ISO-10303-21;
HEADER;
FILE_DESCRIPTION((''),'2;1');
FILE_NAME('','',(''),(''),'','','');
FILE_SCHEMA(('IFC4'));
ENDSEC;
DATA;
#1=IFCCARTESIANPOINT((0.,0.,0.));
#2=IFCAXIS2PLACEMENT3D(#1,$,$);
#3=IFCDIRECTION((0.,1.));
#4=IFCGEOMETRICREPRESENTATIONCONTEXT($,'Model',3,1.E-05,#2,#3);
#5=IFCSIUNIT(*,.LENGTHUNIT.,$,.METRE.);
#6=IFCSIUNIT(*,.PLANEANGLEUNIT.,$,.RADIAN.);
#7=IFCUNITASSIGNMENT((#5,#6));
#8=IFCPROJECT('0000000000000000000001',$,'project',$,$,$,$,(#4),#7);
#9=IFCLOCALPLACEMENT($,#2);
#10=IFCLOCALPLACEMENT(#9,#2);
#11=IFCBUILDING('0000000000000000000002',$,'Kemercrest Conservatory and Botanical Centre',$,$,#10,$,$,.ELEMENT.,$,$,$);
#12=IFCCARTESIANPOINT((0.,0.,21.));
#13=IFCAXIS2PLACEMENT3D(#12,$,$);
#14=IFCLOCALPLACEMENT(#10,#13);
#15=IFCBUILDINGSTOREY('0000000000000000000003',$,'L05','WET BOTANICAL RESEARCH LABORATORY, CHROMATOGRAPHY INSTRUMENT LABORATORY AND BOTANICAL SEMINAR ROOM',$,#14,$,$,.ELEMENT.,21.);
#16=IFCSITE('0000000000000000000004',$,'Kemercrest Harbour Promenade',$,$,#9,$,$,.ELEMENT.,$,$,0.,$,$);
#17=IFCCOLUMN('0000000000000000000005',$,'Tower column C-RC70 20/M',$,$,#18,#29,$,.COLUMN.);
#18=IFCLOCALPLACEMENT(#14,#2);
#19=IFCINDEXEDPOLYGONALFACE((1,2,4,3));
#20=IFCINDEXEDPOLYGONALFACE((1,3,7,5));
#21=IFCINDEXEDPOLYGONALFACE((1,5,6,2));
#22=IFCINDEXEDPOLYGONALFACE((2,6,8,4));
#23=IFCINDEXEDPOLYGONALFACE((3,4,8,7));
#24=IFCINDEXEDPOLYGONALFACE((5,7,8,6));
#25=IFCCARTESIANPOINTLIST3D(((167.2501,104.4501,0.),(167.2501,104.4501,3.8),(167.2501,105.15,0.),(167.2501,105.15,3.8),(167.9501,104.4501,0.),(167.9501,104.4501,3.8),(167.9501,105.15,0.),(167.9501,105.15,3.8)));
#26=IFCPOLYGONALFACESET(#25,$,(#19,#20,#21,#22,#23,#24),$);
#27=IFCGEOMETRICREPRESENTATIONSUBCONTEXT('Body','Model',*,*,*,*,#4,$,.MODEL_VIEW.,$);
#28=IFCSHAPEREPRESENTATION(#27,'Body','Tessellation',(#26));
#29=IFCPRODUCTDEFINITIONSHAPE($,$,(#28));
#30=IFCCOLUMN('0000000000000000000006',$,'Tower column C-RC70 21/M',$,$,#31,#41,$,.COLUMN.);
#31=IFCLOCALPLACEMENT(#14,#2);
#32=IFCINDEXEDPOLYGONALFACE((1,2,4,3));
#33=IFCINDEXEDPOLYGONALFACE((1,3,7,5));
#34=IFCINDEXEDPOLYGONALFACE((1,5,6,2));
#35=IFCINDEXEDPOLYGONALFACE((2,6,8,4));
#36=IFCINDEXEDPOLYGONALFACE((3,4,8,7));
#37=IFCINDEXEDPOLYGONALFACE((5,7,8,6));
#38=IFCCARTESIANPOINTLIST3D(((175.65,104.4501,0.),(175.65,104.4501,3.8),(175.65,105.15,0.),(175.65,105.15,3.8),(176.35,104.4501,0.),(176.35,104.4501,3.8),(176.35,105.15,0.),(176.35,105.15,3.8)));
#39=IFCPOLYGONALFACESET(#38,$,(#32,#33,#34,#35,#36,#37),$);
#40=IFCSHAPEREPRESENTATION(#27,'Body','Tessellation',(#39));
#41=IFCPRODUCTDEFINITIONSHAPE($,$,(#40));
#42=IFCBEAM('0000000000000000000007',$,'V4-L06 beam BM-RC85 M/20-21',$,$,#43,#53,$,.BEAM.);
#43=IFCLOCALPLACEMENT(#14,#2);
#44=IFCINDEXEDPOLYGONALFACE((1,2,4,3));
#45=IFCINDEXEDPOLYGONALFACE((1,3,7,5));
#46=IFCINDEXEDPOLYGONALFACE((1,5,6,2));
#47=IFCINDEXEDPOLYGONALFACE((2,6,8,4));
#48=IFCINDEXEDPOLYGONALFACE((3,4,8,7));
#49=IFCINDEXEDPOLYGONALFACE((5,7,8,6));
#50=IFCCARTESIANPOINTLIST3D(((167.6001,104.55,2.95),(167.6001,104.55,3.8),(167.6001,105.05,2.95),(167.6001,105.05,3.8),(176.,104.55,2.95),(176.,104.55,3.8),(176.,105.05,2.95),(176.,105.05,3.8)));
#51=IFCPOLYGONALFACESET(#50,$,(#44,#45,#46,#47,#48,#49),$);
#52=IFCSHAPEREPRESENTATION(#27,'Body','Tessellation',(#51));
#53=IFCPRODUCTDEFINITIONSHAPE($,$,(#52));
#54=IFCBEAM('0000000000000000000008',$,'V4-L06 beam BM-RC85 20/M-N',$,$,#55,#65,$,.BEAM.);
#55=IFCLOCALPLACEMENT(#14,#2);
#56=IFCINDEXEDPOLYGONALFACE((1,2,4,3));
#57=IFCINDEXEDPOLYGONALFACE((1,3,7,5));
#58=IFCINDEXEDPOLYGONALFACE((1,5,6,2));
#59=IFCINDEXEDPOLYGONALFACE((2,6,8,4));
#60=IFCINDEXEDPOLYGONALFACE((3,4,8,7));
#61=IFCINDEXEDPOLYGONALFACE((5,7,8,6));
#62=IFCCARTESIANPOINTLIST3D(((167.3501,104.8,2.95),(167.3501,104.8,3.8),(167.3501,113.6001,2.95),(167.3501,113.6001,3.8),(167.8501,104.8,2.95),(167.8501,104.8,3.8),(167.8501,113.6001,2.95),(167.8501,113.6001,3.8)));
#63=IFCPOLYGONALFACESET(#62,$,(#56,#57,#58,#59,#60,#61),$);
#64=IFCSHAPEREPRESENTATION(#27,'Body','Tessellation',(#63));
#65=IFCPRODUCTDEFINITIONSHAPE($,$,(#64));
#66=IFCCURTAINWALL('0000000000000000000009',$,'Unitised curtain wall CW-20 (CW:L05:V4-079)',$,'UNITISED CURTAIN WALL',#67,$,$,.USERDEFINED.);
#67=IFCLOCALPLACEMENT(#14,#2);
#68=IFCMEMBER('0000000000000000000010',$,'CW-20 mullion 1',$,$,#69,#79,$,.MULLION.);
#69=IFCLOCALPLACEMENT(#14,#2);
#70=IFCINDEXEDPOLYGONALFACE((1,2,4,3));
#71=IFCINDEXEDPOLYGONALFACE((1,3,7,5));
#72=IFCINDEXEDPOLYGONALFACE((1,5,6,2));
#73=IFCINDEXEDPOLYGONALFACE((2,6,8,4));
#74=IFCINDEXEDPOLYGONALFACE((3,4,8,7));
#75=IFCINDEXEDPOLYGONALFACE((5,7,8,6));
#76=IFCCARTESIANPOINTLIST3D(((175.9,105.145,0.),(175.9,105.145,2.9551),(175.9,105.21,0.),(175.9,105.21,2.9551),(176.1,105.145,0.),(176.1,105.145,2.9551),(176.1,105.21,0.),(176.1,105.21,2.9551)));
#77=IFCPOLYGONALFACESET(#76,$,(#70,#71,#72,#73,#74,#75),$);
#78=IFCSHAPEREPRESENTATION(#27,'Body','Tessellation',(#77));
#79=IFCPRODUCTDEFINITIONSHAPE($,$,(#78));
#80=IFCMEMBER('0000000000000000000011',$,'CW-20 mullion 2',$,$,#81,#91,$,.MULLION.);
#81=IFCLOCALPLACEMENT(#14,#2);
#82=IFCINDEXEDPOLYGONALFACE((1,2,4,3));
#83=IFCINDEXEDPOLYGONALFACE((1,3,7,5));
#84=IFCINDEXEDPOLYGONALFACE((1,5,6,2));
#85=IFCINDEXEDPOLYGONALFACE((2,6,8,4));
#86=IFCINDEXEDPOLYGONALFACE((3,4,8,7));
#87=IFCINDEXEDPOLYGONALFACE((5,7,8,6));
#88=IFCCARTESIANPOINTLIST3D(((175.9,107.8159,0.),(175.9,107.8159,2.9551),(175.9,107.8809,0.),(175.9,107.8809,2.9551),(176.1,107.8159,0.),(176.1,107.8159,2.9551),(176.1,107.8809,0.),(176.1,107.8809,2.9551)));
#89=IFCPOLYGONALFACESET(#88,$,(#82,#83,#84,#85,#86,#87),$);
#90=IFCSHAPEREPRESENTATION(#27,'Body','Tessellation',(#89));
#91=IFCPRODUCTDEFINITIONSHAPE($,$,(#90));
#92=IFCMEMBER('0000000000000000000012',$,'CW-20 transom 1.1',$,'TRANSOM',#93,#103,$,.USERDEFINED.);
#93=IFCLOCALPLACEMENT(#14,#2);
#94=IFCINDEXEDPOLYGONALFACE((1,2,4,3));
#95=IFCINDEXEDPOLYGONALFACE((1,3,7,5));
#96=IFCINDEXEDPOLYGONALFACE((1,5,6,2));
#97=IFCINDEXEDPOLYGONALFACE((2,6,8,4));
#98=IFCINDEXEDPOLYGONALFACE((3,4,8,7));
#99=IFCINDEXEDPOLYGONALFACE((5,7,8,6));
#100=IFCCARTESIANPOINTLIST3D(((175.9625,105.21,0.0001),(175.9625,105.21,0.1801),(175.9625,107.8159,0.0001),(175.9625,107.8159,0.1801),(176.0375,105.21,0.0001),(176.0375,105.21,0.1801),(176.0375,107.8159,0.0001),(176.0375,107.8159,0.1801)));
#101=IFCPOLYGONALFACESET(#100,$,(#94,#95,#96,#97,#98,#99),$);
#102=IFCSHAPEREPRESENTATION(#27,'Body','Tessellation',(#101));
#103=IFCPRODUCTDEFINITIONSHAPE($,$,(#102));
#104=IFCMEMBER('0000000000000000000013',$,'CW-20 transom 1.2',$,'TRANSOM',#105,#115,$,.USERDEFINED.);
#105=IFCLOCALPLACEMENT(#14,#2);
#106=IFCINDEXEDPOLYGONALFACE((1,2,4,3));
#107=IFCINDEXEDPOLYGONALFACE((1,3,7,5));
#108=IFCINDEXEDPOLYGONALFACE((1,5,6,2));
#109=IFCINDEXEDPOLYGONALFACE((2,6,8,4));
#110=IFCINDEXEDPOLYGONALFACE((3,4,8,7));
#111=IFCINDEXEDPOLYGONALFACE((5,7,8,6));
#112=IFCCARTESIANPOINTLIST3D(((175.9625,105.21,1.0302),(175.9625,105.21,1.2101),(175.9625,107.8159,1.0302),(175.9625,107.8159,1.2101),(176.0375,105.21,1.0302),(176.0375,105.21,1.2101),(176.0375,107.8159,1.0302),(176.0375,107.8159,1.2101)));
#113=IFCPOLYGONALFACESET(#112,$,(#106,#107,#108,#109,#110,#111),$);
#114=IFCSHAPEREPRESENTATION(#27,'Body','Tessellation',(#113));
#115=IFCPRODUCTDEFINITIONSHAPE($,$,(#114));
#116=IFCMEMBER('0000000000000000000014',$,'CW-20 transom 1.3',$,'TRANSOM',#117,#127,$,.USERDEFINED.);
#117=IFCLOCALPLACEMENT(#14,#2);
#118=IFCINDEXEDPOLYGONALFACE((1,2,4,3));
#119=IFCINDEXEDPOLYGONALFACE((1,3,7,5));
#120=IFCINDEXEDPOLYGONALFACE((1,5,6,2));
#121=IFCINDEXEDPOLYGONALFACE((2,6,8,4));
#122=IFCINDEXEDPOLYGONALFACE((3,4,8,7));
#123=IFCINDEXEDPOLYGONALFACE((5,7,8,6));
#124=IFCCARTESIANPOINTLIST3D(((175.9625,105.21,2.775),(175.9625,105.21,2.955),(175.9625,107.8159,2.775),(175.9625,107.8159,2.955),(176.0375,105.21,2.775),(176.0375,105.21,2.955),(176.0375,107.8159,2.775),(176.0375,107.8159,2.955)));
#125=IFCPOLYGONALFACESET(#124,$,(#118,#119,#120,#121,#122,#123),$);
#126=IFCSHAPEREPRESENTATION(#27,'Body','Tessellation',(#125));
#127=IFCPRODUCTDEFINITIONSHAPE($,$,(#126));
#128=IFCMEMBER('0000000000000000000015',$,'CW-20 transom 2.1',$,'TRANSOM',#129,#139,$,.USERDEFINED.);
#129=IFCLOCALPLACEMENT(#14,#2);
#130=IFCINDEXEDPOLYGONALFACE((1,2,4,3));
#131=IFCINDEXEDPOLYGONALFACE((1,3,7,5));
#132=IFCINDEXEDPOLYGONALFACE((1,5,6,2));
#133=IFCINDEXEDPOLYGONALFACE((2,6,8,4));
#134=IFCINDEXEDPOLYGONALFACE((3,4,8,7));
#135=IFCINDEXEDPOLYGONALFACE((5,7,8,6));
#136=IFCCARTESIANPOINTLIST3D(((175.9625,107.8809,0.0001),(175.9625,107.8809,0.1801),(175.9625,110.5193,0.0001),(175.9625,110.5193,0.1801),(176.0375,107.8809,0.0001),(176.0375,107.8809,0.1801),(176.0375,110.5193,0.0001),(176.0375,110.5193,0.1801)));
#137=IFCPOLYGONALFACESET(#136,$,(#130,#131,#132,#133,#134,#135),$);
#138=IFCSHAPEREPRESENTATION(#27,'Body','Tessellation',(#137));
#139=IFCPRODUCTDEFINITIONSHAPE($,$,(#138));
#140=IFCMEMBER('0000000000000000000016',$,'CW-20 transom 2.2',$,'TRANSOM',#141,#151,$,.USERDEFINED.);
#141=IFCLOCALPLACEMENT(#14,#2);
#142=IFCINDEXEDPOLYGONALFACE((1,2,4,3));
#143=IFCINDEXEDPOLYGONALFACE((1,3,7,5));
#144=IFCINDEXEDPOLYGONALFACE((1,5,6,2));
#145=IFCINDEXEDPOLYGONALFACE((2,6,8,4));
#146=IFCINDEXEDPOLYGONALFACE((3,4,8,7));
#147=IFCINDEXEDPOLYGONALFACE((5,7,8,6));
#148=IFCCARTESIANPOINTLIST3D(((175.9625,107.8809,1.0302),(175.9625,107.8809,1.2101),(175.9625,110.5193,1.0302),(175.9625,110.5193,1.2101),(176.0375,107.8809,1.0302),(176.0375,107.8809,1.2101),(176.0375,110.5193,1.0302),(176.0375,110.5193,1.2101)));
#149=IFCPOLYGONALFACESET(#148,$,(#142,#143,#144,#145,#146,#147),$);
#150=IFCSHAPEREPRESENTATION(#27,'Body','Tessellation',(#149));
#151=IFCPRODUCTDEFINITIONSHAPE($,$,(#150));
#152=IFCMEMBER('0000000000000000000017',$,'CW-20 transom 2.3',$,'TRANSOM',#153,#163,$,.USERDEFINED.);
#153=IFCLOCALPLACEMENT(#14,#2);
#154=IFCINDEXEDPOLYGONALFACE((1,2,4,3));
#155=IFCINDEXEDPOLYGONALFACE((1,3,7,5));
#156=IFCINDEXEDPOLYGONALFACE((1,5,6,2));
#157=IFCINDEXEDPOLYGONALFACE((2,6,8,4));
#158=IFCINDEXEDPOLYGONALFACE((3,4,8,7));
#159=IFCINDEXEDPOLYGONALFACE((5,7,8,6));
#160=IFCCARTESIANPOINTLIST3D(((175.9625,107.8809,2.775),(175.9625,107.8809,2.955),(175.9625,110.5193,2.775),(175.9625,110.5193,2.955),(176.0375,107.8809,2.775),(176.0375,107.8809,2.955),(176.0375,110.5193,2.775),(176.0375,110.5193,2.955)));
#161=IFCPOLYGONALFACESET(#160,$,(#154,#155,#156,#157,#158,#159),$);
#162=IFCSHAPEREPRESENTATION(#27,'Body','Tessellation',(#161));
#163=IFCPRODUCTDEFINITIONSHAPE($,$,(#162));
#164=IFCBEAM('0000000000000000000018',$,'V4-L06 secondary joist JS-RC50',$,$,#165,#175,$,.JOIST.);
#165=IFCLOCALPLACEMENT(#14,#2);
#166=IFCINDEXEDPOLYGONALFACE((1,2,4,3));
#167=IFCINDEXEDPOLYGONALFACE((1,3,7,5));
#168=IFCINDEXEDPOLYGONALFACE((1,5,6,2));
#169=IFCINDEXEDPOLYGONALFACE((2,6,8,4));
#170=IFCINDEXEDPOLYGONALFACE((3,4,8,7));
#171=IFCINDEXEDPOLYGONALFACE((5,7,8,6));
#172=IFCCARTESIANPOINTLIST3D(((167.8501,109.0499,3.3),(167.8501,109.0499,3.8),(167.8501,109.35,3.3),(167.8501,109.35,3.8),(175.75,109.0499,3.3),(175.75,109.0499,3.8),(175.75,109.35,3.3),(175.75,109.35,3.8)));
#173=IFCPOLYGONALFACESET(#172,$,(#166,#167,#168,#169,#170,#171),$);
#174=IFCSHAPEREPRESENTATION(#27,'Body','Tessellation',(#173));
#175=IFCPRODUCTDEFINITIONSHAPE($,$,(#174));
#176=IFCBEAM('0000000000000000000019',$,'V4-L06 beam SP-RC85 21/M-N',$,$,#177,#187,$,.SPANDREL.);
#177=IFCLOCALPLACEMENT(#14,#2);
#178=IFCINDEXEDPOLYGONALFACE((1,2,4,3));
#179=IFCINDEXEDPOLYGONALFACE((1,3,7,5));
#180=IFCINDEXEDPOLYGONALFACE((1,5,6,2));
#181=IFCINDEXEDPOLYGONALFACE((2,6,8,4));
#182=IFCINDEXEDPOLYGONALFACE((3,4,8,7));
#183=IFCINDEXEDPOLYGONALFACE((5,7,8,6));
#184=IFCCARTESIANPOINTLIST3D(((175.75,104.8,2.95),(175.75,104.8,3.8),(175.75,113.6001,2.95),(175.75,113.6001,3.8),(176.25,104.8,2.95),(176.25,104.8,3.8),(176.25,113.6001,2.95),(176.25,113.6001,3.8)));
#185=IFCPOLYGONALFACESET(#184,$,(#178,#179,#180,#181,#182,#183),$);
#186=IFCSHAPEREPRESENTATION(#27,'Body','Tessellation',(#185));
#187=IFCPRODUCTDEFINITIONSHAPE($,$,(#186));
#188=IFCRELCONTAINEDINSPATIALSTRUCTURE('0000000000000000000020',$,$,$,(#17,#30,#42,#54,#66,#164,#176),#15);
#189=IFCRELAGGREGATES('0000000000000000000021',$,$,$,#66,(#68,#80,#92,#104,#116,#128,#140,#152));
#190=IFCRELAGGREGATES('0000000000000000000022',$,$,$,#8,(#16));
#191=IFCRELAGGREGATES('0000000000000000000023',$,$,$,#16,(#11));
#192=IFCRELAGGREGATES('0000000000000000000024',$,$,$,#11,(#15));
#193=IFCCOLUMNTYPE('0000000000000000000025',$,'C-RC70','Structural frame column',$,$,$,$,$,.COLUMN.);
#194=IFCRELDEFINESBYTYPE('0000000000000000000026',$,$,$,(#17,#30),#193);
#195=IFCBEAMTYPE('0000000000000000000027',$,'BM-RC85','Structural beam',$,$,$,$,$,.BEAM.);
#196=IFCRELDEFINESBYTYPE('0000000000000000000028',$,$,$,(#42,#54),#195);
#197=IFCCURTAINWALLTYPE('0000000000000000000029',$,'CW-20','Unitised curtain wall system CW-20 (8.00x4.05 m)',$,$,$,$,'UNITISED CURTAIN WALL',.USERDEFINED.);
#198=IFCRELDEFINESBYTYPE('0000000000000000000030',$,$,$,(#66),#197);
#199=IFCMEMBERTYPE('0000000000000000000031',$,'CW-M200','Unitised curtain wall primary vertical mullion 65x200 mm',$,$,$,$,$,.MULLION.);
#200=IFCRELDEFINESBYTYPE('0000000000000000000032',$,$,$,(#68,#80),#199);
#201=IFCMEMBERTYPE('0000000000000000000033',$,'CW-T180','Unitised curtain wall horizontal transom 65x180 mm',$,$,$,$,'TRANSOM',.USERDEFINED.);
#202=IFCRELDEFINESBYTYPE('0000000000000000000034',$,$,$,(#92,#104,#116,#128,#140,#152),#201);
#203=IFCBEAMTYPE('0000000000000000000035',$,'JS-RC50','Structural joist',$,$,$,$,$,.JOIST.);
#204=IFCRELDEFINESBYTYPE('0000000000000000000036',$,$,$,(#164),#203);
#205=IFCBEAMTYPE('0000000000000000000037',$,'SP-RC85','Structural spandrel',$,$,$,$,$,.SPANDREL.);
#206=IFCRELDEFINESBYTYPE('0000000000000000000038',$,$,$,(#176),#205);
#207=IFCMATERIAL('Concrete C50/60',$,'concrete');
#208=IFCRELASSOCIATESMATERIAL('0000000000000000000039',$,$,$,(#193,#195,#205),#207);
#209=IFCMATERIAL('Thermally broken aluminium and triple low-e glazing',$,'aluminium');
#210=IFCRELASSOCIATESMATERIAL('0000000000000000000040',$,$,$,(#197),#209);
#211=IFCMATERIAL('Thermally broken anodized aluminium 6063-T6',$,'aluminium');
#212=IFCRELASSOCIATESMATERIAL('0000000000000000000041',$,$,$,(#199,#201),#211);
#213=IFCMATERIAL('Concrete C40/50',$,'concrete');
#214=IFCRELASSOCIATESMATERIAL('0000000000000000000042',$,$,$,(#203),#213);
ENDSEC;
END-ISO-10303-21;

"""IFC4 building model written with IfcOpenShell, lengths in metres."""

from ifc_helpers import new_model, si_unit, direction, frame, origin, origin_2d, place, context, subcontext, project, spatial, rectangle, extrude, material, material_profile, profile_set, type_object, element, aggregate, save


model = new_model("IFC4")

# Units and contexts
model_context = context("Model", 3, precision=1e-05, world=origin(), true_north=direction((0.0, 1.0)))
body_context = subcontext(model_context, "Body", "Model", "MODEL_VIEW")
ifc_project = project(units=[si_unit("LENGTHUNIT", "METRE"), si_unit("PLANEANGLEUNIT", "RADIAN")], contexts=[model_context])

# Site, building, storey
site_placement = place(None, origin())
site = spatial("IfcSite", under=ifc_project, at=site_placement, Name="Kemercrest Harbour Promenade", CompositionType="ELEMENT", RefElevation=0.0)
building_placement = place(site_placement, origin())
building = spatial("IfcBuilding", under=site, at=building_placement, Name="Kemercrest Conservatory and Botanical Centre", CompositionType="ELEMENT")
storey_placement = place(building_placement, frame((0.0, 0.0, 21.0)))
storey = spatial("IfcBuildingStorey", under=building, at=storey_placement, Name="L05", Description="WET BOTANICAL RESEARCH LABORATORY, CHROMATOGRAPHY INSTRUMENT LABORATORY AND BOTANICAL SEMINAR ROOM", CompositionType="ELEMENT", Elevation=21.0)

# Columns
ifc_material_1 = material(Name="Concrete C50/60", Category="concrete")
ifc_material_profile_1 = material_profile(ifc_material_1, rectangle(XDim=0.7, YDim=0.7, at=origin_2d()), Name="RC 700x700")
ifc_profile_set_1 = profile_set([ifc_material_profile_1], Name="Concrete C50/60")
column_type = type_object("IfcColumnType", Name="C-RC70", Description="Structural frame column", PredefinedType="COLUMN", material=ifc_profile_set_1)
for number, where, z_axis, x_axis, name in (
    (1, (167.6001, 104.8, 0.0), (0.0, 0.0, 1.0), (1.0, 0.0, 0.0), "Tower column C-RC70 20/M"),
    (2, (176.0, 104.8, 0.0), (0.0, 0.0, 1.0), (1.0, 0.0, 0.0), "Tower column C-RC70 21/M"),
):
    element("IfcColumn", number, at=place(storey_placement, frame(where, z_axis=z_axis, x_axis=x_axis)), inside=storey, type_object=column_type, Name=name, PredefinedType="COLUMN", context=body_context, shape_type="SweptSolid", body=[
        extrude(rectangle(XDim=0.7, YDim=0.7, at=origin_2d()), origin(), (0.0, 0.0, 1.0), 3.8),
    ])

# Beams
ifc_material_profile_2 = material_profile(ifc_material_1, rectangle(XDim=0.5, YDim=0.8501, at=origin_2d()), Name="RC 500x850")
ifc_profile_set_2 = profile_set([ifc_material_profile_2], Name="Concrete C50/60")
beam_type_1 = type_object("IfcBeamType", Name="BM-RC85", Description="Structural beam", PredefinedType="BEAM", material=ifc_profile_set_2)
beam_1_placement = place(storey_placement, frame((167.6001, 104.8, 3.375), z_axis=(1.0, 0.0, 0.0), x_axis=(0.0, 1.0, 0.0)))
element("IfcBeam", 3, at=beam_1_placement, inside=storey, type_object=beam_type_1, Name="V4-L06 beam BM-RC85 M/20-21", PredefinedType="BEAM", context=body_context, shape_type="SweptSolid", body=[
    extrude(rectangle(XDim=0.5, YDim=0.8501, at=origin_2d()), origin(), (0.0, 0.0, 1.0), 8.3999),
])
beam_2_placement = place(storey_placement, frame((167.6001, 104.8, 3.375), z_axis=(0.0, 1.0, 0.0), x_axis=(-1.0, 0.0, 0.0)))
element("IfcBeam", 4, at=beam_2_placement, inside=storey, type_object=beam_type_1, Name="V4-L06 beam BM-RC85 20/M-N", PredefinedType="BEAM", context=body_context, shape_type="SweptSolid", body=[
    extrude(rectangle(XDim=0.5, YDim=0.8501, at=origin_2d()), origin(), (0.0, 0.0, 1.0), 8.8),
])

# Curtain wall, members
ifc_material_2 = material(Name="Thermally broken aluminium and triple low-e glazing", Category="aluminium")
curtain_wall_type = type_object("IfcCurtainWallType", Name="CW-20", Description="Unitised curtain wall system CW-20 (8.00x4.05 m)", ElementType="UNITISED CURTAIN WALL", PredefinedType="USERDEFINED", material=ifc_material_2)
curtain_wall_placement = place(storey_placement, origin())
curtain_wall = element("IfcCurtainWall", 5, at=curtain_wall_placement, inside=storey, type_object=curtain_wall_type, Name="Unitised curtain wall CW-20 (CW:L05:V4-079)", ObjectType="UNITISED CURTAIN WALL", PredefinedType="USERDEFINED")
ifc_material_3 = material(Name="Thermally broken anodized aluminium 6063-T6", Category="aluminium")
ifc_material_profile_3 = material_profile(ifc_material_3, rectangle(XDim=0.2, YDim=0.0649, at=origin_2d()), Name="AL MULLION 65x200")
ifc_profile_set_3 = profile_set([ifc_material_profile_3], Name="Thermally broken anodized aluminium 6063-T6")
member_type_1 = type_object("IfcMemberType", Name="CW-M200", Description="Unitised curtain wall primary vertical mullion 65x200 mm", PredefinedType="MULLION", material=ifc_profile_set_3)
member_1_placement = place(storey_placement, frame((176.0, 105.1775, 0.0), z_axis=(0.0, 0.0, 1.0), x_axis=(-1.0, 0.0, 0.0)))
member_1 = element("IfcMember", 6, at=member_1_placement, type_object=member_type_1, Name="CW-20 mullion 1", PredefinedType="MULLION", context=body_context, shape_type="SweptSolid", body=[
    extrude(rectangle(XDim=0.2, YDim=0.0649, at=origin_2d()), origin(), (0.0, 0.0, 1.0), 2.9551),
])
member_2_placement = place(storey_placement, frame((176.0, 107.8484, 0.0), z_axis=(0.0, 0.0, 1.0), x_axis=(-1.0, 0.0, 0.0)))
member_2 = element("IfcMember", 7, at=member_2_placement, type_object=member_type_1, Name="CW-20 mullion 2", PredefinedType="MULLION", context=body_context, shape_type="SweptSolid", body=[
    extrude(rectangle(XDim=0.2, YDim=0.0649, at=origin_2d()), origin(), (0.0, 0.0, 1.0), 2.9551),
])
ifc_material_profile_4 = material_profile(ifc_material_3, rectangle(XDim=0.075, YDim=0.1799, at=origin_2d()), Name="AL TRANSOM 75x180")
ifc_profile_set_4 = profile_set([ifc_material_profile_4], Name="Thermally broken anodized aluminium 6063-T6")
member_type_2 = type_object("IfcMemberType", Name="CW-T180", Description="Unitised curtain wall horizontal transom 65x180 mm", ElementType="TRANSOM", PredefinedType="USERDEFINED", material=ifc_profile_set_4)
member_3_placement = place(storey_placement, frame((176.0, 105.21, 0.0901), z_axis=(0.0, 1.0, 0.0), x_axis=(-1.0, 0.0, 0.0)))
member_3 = element("IfcMember", 8, at=member_3_placement, type_object=member_type_2, Name="CW-20 transom 1.1", ObjectType="TRANSOM", PredefinedType="USERDEFINED", context=body_context, shape_type="SweptSolid", body=[
    extrude(rectangle(XDim=0.075, YDim=0.1799, at=origin_2d()), origin(), (0.0, 0.0, 1.0), 2.606),
])
member_4_placement = place(storey_placement, frame((176.0, 105.21, 1.1201), z_axis=(0.0, 1.0, 0.0), x_axis=(-1.0, 0.0, 0.0)))
member_4 = element("IfcMember", 9, at=member_4_placement, type_object=member_type_2, Name="CW-20 transom 1.2", ObjectType="TRANSOM", PredefinedType="USERDEFINED", context=body_context, shape_type="SweptSolid", body=[
    extrude(rectangle(XDim=0.075, YDim=0.1799, at=origin_2d()), origin(), (0.0, 0.0, 1.0), 2.606),
])
member_5_placement = place(storey_placement, frame((176.0, 105.21, 2.865), z_axis=(0.0, 1.0, 0.0), x_axis=(-1.0, 0.0, 0.0)))
member_5 = element("IfcMember", 10, at=member_5_placement, type_object=member_type_2, Name="CW-20 transom 1.3", ObjectType="TRANSOM", PredefinedType="USERDEFINED", context=body_context, shape_type="SweptSolid", body=[
    extrude(rectangle(XDim=0.075, YDim=0.1799, at=origin_2d()), origin(), (0.0, 0.0, 1.0), 2.606),
])
member_6_placement = place(storey_placement, frame((176.0, 107.8809, 0.0901), z_axis=(0.0, 1.0, 0.0), x_axis=(-1.0, 0.0, 0.0)))
member_6 = element("IfcMember", 11, at=member_6_placement, type_object=member_type_2, Name="CW-20 transom 2.1", ObjectType="TRANSOM", PredefinedType="USERDEFINED", context=body_context, shape_type="SweptSolid", body=[
    extrude(rectangle(XDim=0.075, YDim=0.1799, at=origin_2d()), origin(), (0.0, 0.0, 1.0), 2.6384),
])
member_7_placement = place(storey_placement, frame((176.0, 107.8809, 1.1201), z_axis=(0.0, 1.0, 0.0), x_axis=(-1.0, 0.0, 0.0)))
member_7 = element("IfcMember", 12, at=member_7_placement, type_object=member_type_2, Name="CW-20 transom 2.2", ObjectType="TRANSOM", PredefinedType="USERDEFINED", context=body_context, shape_type="SweptSolid", body=[
    extrude(rectangle(XDim=0.075, YDim=0.1799, at=origin_2d()), origin(), (0.0, 0.0, 1.0), 2.6384),
])
member_8_placement = place(storey_placement, frame((176.0, 107.8809, 2.865), z_axis=(0.0, 1.0, 0.0), x_axis=(-1.0, 0.0, 0.0)))
member_8 = element("IfcMember", 13, at=member_8_placement, type_object=member_type_2, Name="CW-20 transom 2.3", ObjectType="TRANSOM", PredefinedType="USERDEFINED", context=body_context, shape_type="SweptSolid", body=[
    extrude(rectangle(XDim=0.075, YDim=0.1799, at=origin_2d()), origin(), (0.0, 0.0, 1.0), 2.6384),
])

# Beams
ifc_material_4 = material(Name="Concrete C40/50", Category="concrete")
ifc_material_profile_5 = material_profile(ifc_material_4, rectangle(XDim=0.3, YDim=0.5, at=origin_2d()), Name="RC 300x500")
ifc_profile_set_5 = profile_set([ifc_material_profile_5], Name="Concrete C40/50")
beam_type_2 = type_object("IfcBeamType", Name="JS-RC50", Description="Structural joist", PredefinedType="JOIST", material=ifc_profile_set_5)
beam_3_placement = place(storey_placement, frame((167.8501, 109.2, 3.55), z_axis=(1.0, 0.0, 0.0), x_axis=(0.0, 1.0, 0.0)))
element("IfcBeam", 14, at=beam_3_placement, inside=storey, type_object=beam_type_2, Name="V4-L06 secondary joist JS-RC50", PredefinedType="JOIST", context=body_context, shape_type="SweptSolid", body=[
    extrude(rectangle(XDim=0.3, YDim=0.5, at=origin_2d()), origin(), (0.0, 0.0, 1.0), 7.8999),
])
ifc_material_profile_6 = material_profile(ifc_material_1, rectangle(XDim=0.5, YDim=0.8501, at=origin_2d()), Name="RC 500x850")
ifc_profile_set_6 = profile_set([ifc_material_profile_6], Name="Concrete C50/60")
beam_type_3 = type_object("IfcBeamType", Name="SP-RC85", Description="Structural spandrel", PredefinedType="SPANDREL", material=ifc_profile_set_6)
beam_4_placement = place(storey_placement, frame((176.0, 104.8, 3.375), z_axis=(0.0, 1.0, 0.0), x_axis=(-1.0, 0.0, 0.0)))
element("IfcBeam", 15, at=beam_4_placement, inside=storey, type_object=beam_type_3, Name="V4-L06 beam SP-RC85 21/M-N", PredefinedType="SPANDREL", context=body_context, shape_type="SweptSolid", body=[
    extrude(rectangle(XDim=0.5, YDim=0.8501, at=origin_2d()), origin(), (0.0, 0.0, 1.0), 8.8),
])

aggregate(curtain_wall, [member_1, member_2, member_3, member_4, member_5, member_6, member_7, member_8])

save(model, "model.ifc")
